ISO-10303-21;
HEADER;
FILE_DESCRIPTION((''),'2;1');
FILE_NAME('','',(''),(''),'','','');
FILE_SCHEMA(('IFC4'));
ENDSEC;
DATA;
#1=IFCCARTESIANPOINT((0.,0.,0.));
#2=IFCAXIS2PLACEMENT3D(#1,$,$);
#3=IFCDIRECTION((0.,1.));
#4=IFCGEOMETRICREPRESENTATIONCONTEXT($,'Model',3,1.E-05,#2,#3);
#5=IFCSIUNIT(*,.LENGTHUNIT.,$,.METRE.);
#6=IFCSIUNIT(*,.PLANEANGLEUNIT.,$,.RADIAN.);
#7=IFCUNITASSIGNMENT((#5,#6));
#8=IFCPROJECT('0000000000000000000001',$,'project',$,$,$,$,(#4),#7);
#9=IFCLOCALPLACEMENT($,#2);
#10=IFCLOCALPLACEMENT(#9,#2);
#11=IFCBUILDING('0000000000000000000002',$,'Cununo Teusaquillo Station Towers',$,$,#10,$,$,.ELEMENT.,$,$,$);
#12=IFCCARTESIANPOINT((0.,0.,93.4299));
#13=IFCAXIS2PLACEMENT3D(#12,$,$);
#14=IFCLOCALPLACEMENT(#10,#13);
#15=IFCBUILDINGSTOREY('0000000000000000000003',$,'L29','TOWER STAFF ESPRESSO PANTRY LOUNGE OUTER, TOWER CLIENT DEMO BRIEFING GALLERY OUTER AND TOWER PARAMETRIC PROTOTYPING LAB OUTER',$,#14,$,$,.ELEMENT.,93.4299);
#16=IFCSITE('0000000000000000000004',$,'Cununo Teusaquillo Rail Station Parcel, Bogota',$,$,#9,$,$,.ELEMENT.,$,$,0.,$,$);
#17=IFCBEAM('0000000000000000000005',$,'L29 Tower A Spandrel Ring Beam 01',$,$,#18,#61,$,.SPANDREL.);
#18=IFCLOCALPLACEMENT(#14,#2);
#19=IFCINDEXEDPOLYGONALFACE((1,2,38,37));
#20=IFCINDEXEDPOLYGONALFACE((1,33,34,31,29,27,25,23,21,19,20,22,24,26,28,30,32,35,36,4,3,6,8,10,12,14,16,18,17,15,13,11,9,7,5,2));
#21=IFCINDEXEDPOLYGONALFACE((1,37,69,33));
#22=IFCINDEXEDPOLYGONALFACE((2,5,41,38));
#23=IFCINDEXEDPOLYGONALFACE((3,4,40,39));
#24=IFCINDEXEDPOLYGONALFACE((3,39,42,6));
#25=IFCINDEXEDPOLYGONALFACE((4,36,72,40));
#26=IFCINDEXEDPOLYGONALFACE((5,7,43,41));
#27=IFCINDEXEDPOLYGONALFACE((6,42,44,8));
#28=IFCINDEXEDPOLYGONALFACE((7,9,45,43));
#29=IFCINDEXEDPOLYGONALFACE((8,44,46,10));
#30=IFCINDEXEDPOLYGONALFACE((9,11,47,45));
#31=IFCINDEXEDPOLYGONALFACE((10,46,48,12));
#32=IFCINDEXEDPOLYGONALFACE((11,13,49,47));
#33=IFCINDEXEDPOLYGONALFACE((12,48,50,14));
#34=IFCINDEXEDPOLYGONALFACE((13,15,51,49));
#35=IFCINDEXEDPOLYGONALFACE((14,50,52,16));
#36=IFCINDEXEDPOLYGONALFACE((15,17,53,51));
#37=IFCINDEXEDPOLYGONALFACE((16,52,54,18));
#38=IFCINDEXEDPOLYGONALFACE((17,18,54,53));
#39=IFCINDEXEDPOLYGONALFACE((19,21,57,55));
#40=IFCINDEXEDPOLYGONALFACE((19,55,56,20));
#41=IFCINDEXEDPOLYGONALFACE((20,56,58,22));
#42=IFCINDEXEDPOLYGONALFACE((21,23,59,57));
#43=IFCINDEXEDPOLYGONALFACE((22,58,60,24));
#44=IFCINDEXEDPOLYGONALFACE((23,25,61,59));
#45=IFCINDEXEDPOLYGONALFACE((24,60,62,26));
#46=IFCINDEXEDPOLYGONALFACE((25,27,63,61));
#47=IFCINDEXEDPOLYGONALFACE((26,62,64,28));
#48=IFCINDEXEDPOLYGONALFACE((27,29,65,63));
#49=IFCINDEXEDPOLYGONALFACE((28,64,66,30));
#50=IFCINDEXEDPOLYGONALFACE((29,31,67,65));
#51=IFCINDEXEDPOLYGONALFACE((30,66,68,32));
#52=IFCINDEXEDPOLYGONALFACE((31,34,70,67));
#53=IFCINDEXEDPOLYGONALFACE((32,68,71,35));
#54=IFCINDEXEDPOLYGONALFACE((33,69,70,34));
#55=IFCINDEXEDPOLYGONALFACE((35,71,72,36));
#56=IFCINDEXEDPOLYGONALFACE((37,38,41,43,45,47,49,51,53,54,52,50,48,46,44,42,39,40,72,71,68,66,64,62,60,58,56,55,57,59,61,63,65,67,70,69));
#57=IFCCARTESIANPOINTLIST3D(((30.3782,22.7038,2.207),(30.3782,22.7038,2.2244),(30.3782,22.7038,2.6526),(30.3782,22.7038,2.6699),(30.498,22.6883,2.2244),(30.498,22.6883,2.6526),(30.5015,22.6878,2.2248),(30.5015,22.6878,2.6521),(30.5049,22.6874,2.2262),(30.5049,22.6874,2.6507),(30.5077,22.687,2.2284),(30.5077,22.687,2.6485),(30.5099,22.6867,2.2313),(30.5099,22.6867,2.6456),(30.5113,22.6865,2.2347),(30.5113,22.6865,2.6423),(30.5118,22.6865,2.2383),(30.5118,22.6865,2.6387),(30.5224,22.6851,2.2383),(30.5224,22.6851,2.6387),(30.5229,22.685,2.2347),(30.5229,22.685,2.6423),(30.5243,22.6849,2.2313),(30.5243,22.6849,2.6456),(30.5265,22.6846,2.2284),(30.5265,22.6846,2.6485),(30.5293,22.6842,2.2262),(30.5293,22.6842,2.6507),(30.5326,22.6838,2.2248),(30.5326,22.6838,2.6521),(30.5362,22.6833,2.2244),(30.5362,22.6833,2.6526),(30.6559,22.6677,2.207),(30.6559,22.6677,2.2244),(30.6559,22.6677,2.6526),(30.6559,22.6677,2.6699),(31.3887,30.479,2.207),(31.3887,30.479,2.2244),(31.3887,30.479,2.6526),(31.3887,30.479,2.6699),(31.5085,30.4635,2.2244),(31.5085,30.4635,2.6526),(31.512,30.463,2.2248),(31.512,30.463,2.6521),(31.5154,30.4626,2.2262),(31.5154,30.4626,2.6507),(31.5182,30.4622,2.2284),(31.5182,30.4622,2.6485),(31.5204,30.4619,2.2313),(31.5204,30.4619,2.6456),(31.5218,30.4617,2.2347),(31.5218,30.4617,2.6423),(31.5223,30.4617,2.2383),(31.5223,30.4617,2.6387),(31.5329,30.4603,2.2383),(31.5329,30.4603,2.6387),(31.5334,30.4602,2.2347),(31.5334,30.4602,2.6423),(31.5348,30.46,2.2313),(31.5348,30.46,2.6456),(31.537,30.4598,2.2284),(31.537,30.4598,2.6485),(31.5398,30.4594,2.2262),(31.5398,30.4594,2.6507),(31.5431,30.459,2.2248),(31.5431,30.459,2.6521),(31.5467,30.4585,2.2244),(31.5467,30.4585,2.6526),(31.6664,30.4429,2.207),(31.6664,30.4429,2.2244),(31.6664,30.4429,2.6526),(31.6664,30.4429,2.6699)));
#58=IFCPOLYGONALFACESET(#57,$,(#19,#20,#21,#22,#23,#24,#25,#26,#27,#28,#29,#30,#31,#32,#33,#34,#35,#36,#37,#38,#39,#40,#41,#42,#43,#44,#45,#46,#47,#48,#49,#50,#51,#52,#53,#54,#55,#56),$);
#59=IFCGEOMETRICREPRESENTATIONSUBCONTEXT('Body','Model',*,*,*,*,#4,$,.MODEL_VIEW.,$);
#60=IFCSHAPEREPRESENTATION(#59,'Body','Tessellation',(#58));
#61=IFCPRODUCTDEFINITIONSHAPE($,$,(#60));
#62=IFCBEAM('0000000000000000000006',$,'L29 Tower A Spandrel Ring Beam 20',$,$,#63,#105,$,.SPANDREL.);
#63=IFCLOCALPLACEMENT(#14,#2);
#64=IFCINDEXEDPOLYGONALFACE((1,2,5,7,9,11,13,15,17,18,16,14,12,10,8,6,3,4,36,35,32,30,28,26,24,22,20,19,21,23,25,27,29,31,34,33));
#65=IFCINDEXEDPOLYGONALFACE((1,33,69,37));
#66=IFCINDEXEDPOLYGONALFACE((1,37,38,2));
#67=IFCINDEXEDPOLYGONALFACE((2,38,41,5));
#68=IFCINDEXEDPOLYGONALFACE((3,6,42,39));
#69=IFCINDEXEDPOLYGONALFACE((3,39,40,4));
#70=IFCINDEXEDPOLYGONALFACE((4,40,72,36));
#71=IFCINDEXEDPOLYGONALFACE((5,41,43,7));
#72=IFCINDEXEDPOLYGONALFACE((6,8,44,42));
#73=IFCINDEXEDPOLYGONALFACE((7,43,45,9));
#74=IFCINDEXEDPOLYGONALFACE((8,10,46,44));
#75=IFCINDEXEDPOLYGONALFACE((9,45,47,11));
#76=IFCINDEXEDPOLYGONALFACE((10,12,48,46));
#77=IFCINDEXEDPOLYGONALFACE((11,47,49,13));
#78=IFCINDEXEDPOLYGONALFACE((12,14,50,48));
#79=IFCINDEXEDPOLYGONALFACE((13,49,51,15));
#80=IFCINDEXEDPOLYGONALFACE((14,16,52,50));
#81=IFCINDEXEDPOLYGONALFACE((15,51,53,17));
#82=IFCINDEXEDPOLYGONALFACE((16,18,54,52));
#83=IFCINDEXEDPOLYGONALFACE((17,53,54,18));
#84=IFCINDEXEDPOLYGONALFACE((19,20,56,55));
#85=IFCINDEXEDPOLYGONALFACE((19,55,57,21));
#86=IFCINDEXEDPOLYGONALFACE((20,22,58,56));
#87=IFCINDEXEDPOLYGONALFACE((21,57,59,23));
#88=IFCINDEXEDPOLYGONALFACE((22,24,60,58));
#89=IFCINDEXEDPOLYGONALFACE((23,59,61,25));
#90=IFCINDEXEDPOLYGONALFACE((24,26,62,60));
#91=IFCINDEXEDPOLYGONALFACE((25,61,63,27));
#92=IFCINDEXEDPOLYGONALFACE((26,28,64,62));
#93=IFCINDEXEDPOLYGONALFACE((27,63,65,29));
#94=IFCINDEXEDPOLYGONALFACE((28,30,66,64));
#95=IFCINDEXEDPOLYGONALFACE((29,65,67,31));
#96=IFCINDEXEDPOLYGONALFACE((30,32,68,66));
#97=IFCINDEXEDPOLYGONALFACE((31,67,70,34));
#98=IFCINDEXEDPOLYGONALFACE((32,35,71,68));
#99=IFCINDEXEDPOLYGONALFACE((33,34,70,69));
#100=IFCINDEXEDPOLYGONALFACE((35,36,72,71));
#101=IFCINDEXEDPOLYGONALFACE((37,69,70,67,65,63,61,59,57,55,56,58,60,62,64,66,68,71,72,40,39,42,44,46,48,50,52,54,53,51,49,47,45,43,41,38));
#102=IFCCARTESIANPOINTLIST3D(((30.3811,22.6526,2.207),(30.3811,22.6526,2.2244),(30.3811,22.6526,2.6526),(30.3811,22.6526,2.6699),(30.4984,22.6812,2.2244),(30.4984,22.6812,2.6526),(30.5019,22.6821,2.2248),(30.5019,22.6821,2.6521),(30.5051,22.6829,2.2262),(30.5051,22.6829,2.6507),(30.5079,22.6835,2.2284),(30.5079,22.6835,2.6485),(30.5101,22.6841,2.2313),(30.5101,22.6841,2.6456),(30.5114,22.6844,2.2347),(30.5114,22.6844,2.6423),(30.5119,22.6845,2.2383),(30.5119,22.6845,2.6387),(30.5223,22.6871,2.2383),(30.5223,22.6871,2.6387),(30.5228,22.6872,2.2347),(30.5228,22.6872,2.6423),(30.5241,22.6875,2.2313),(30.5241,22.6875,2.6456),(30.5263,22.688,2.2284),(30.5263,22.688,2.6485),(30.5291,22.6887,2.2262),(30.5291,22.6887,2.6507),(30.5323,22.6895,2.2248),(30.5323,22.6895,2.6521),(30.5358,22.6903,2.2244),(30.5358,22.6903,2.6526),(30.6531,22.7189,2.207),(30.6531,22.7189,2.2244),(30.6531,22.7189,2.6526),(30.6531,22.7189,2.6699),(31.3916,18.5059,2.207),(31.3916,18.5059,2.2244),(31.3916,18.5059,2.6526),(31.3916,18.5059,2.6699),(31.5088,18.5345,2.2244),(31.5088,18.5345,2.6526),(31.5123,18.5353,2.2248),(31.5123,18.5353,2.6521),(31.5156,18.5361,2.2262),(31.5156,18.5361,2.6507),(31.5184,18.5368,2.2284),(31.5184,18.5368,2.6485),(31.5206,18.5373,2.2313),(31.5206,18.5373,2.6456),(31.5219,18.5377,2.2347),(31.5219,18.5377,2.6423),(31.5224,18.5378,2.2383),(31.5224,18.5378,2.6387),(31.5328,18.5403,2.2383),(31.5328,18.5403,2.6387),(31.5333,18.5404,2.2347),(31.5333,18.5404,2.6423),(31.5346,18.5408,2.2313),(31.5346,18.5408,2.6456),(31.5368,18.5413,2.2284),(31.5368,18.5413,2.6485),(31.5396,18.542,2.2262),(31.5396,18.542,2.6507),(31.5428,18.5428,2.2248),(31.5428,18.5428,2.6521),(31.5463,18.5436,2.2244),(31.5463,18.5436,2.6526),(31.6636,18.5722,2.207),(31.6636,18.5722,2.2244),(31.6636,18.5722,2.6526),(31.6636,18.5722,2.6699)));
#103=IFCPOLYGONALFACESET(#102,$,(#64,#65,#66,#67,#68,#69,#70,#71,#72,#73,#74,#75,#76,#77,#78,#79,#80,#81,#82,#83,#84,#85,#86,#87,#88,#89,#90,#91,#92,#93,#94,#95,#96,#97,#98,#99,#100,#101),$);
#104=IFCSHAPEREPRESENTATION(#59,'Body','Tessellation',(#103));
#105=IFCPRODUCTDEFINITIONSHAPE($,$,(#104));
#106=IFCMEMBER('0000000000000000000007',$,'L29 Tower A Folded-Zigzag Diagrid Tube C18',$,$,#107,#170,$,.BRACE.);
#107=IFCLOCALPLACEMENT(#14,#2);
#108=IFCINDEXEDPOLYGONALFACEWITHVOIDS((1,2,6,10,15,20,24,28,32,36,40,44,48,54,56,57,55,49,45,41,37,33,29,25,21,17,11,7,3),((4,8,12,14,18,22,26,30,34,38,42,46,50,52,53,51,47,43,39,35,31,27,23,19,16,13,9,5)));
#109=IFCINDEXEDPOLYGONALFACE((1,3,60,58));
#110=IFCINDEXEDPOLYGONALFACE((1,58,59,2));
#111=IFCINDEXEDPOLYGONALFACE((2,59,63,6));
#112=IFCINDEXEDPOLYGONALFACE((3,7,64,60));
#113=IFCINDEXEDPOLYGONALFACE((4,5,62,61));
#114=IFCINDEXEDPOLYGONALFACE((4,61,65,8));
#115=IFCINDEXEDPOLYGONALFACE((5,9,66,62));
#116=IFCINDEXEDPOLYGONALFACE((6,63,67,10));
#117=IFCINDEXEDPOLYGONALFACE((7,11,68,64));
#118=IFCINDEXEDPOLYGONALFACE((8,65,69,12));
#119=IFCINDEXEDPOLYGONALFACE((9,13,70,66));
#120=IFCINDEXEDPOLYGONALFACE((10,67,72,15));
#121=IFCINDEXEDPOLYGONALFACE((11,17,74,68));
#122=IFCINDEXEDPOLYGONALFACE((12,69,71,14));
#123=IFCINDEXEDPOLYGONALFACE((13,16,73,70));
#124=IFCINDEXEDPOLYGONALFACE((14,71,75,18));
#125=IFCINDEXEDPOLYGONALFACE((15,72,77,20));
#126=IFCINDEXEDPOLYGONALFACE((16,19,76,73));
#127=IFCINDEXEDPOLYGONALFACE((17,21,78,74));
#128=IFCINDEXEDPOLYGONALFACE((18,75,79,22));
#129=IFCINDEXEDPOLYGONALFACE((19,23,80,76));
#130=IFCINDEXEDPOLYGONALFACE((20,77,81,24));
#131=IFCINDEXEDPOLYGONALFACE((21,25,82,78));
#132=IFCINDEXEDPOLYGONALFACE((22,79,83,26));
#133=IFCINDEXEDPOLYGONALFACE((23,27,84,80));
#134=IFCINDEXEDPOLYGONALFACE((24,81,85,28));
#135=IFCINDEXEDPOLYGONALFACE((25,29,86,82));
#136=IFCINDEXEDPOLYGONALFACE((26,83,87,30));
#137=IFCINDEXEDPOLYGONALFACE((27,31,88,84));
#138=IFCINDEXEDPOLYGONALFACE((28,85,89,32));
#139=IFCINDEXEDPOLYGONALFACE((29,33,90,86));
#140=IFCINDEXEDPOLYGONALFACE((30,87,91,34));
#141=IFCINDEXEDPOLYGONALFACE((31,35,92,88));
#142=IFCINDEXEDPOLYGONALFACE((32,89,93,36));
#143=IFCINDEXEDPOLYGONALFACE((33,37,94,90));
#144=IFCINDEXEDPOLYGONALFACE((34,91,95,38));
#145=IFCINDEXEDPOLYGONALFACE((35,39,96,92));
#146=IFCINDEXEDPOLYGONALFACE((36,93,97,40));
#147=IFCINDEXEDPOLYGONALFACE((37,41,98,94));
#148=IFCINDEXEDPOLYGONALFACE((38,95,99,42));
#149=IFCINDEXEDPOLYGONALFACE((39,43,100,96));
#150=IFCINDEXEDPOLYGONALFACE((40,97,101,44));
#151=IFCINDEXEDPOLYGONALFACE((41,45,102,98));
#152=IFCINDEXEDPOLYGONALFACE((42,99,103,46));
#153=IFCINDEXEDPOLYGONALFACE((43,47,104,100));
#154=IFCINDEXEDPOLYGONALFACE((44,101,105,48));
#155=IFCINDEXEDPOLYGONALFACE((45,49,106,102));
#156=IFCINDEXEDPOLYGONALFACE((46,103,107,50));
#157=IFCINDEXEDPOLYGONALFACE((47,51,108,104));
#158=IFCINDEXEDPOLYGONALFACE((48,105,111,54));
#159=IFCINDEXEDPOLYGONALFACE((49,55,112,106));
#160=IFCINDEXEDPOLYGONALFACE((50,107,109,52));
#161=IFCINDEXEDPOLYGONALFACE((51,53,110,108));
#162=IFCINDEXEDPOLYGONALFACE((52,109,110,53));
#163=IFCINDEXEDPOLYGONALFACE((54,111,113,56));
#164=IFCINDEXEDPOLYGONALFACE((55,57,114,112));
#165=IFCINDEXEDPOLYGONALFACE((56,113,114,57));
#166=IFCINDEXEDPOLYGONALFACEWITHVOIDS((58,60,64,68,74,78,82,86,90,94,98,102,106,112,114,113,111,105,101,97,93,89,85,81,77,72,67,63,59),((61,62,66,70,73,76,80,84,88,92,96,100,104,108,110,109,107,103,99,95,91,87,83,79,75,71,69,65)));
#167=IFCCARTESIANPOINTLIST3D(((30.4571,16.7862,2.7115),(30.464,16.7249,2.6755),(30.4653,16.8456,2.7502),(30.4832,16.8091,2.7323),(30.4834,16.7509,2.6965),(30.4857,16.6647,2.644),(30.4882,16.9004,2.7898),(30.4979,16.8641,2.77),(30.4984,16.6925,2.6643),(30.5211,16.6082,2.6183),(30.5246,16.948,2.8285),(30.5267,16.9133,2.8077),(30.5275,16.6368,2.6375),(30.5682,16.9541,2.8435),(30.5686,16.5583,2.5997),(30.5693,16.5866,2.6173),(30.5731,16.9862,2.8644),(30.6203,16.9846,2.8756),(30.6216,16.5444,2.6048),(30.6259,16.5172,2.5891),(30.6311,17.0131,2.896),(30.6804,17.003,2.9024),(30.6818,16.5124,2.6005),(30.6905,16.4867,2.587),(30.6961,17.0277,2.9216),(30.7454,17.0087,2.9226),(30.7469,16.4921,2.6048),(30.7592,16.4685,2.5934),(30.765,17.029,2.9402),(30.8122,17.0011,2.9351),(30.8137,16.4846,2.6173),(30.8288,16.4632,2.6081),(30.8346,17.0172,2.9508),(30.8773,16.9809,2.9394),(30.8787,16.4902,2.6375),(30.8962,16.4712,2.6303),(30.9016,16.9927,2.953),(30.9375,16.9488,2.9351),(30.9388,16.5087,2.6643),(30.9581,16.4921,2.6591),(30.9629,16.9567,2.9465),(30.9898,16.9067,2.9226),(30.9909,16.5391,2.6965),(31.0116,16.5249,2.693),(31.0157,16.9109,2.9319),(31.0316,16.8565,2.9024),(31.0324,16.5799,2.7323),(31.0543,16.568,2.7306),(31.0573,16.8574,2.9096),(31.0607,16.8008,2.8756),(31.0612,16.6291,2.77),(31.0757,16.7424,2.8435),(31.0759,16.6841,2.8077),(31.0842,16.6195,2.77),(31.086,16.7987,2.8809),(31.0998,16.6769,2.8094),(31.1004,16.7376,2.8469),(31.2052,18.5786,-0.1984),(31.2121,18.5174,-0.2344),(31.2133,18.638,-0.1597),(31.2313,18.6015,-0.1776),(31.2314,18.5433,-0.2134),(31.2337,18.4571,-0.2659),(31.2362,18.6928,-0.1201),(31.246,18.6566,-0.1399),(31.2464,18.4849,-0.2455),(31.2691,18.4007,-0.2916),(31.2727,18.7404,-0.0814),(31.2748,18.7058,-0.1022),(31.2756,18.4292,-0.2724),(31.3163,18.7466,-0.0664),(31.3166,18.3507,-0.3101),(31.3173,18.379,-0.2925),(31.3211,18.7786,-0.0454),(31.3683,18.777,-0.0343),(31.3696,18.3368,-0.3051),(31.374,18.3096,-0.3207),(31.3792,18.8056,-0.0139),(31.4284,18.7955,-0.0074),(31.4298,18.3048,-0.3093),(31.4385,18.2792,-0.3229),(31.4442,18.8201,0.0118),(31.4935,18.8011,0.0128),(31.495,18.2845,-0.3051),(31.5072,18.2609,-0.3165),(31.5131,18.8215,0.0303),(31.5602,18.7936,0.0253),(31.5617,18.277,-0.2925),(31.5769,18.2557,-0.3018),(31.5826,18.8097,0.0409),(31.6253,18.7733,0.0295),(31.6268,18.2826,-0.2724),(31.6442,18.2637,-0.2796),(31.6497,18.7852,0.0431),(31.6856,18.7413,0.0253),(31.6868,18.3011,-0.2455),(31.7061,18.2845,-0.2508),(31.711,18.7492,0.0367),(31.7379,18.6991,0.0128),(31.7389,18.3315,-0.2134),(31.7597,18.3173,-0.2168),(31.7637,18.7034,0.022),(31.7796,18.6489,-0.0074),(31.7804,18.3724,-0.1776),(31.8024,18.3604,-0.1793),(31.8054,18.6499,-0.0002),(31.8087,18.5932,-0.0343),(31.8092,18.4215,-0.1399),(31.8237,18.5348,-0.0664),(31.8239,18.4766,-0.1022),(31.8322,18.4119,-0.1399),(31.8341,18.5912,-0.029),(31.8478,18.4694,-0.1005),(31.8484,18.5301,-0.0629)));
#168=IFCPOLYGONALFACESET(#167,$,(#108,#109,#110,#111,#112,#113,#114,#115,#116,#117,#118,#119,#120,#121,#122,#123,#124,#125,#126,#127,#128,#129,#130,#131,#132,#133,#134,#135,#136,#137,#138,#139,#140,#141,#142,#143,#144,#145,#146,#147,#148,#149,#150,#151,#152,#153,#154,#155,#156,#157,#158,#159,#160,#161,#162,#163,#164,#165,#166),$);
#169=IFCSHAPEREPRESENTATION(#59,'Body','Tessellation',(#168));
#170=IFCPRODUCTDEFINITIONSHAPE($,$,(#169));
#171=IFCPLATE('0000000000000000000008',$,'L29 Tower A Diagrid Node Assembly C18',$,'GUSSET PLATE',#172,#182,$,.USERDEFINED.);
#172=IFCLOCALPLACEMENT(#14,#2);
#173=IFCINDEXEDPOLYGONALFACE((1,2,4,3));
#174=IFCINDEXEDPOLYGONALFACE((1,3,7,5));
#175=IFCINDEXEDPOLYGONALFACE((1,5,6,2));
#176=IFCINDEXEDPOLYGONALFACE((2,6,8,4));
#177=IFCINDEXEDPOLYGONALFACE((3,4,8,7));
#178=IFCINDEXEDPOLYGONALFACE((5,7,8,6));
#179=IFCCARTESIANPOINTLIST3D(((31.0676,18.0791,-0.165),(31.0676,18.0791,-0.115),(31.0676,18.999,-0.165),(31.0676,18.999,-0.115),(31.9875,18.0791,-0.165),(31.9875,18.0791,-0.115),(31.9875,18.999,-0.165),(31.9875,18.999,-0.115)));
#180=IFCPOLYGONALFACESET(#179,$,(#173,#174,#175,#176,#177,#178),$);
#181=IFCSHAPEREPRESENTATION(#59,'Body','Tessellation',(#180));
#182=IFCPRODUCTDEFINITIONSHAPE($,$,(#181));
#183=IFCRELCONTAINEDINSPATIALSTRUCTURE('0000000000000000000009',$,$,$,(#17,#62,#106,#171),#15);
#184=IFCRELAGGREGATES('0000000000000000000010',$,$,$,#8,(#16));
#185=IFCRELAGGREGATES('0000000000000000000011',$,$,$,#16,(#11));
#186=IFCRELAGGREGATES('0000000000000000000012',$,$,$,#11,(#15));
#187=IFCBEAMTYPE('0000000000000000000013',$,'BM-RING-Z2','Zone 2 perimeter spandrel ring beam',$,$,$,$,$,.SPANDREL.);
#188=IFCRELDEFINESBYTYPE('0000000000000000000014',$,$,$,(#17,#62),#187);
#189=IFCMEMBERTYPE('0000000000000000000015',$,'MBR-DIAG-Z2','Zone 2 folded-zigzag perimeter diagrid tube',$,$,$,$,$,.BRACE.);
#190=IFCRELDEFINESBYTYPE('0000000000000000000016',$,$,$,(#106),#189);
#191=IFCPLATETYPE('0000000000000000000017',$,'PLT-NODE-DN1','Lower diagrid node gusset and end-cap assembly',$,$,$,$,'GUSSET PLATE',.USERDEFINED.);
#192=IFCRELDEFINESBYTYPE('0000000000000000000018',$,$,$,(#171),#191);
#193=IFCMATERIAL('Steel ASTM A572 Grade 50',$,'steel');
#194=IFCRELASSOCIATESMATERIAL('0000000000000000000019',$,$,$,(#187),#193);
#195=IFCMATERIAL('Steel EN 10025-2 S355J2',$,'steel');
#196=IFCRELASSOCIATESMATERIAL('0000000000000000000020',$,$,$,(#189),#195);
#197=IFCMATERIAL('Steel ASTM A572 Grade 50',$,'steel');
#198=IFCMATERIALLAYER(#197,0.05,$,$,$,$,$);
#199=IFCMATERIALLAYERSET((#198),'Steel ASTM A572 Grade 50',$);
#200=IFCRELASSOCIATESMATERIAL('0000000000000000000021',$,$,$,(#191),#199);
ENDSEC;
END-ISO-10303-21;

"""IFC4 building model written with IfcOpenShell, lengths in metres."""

from ifc_helpers import new_model, si_unit, direction, frame, origin, origin_2d, place, context, subcontext, project, spatial, rectangle, hollow_circle, i_section, extrude, source, transform, mapped, material, layer, layer_set, material_profile, profile_set, type_object, element, save


model = new_model("IFC4")

# Units and contexts
model_context = context("Model", 3, precision=1e-05, world=origin(), true_north=direction((0.0, 1.0)))
body_context = subcontext(model_context, "Body", "Model", "MODEL_VIEW")
ifc_project = project(units=[si_unit("LENGTHUNIT", "METRE"), si_unit("PLANEANGLEUNIT", "RADIAN")], contexts=[model_context])

# Site, building, storey
site_placement = place(None, origin())
site = spatial("IfcSite", under=ifc_project, at=site_placement, Name="Cununo Teusaquillo Rail Station Parcel, Bogota", CompositionType="ELEMENT", RefElevation=0.0)
building_placement = place(site_placement, origin())
building = spatial("IfcBuilding", under=site, at=building_placement, Name="Cununo Teusaquillo Station Towers", CompositionType="ELEMENT")
storey_placement = place(building_placement, frame((0.0, 0.0, 93.4299)))
storey = spatial("IfcBuildingStorey", under=building, at=storey_placement, Name="L29", Description="TOWER STAFF ESPRESSO PANTRY LOUNGE OUTER, TOWER CLIENT DEMO BRIEFING GALLERY OUTER AND TOWER PARAMETRIC PROTOTYPING LAB OUTER", CompositionType="ELEMENT", Elevation=93.4299)

# Beams
ifc_material_1 = material(Name="Steel ASTM A572 Grade 50", Category="steel")
ifc_material_profile_1 = material_profile(ifc_material_1, i_section(OverallWidth=0.28, OverallDepth=0.4629, WebThickness=0.0107, FlangeThickness=0.0173, FilletRadius=0.0139, at=origin_2d()), Name="W18X76")
ifc_profile_set_1 = profile_set([ifc_material_profile_1], Name="Steel ASTM A572 Grade 50")
beam_type_1 = type_object("IfcBeamType", Name="BM-RING-Z2", Description="Zone 2 perimeter spandrel ring beam", PredefinedType="SPANDREL", material=ifc_profile_set_1)
beam_1_placement = place(storey_placement, frame((30.5171, 22.6858, 2.4385), z_axis=(0.128881, 0.99166, 0.0), x_axis=(-0.99166, 0.128881, 0.0)))
element("IfcBeam", 1, at=beam_1_placement, inside=storey, type_object=beam_type_1, Name="L29 Tower A Spandrel Ring Beam 01", PredefinedType="SPANDREL", context=body_context, shape_type="SweptSolid", body=[
    extrude(i_section(OverallWidth=0.28, OverallDepth=0.4629, WebThickness=0.0107, FlangeThickness=0.0173, FilletRadius=0.0139, at=origin_2d()), origin(), (0.0, 0.0, 1.0), 7.8406),
])
beam_2_placement = place(storey_placement, frame((31.5276, 18.5391, 2.4385), z_axis=(-0.236757, 0.971569, 0.0), x_axis=(-0.971569, -0.236757, 0.0)))
element("IfcBeam", 2, at=beam_2_placement, inside=storey, type_object=beam_type_1, Name="L29 Tower A Spandrel Ring Beam 20", PredefinedType="SPANDREL", context=body_context, shape_type="SweptSolid", body=[
    extrude(i_section(OverallWidth=0.28, OverallDepth=0.4629, WebThickness=0.0107, FlangeThickness=0.0173, FilletRadius=0.0139, at=origin_2d()), origin(), (0.0, 0.0, 1.0), 4.2681),
])

# Member
ifc_material_2 = material(Name="Steel EN 10025-2 S355J2", Category="steel")
ifc_material_profile_2 = material_profile(ifc_material_2, hollow_circle(Radius=0.3301, WallThickness=0.0249, at=origin_2d()), Name="CHS 660x25")
ifc_profile_set_2 = profile_set([ifc_material_profile_2], Name="Steel EN 10025-2 S355J2")
member_type = type_object("IfcMemberType", Name="MBR-DIAG-Z2", Description="Zone 2 folded-zigzag perimeter diagrid tube", PredefinedType="BRACE", material=ifc_profile_set_2)
member_placement = place(storey_placement, frame((31.5276, 18.5391, -0.1399), z_axis=(-0.213814, -0.512343, 0.831738), x_axis=(0.922861, -0.385133, 0.0)))
element("IfcMember", 3, at=member_placement, inside=storey, type_object=member_type, Name="L29 Tower A Folded-Zigzag Diagrid Tube C18", PredefinedType="BRACE", context=body_context, shape_type="SweptSolid", body=[
    extrude(hollow_circle(Radius=0.3301, WallThickness=0.0249, at=origin_2d()), origin(), (0.0, 0.0, 1.0), 3.4985),
])

# Plate
ifc_material_3 = material(Name="Steel ASTM A572 Grade 50", Category="steel")
ifc_layer_1 = layer(ifc_material_3, 0.05)
ifc_layer_set_1 = layer_set([ifc_layer_1], Name="Steel ASTM A572 Grade 50")
plate_type = type_object("IfcPlateType", Name="PLT-NODE-DN1", Description="Lower diagrid node gusset and end-cap assembly", ElementType="GUSSET PLATE", PredefinedType="USERDEFINED", material=ifc_layer_set_1)
shared_shape_1 = source(origin(), body_context, "Body", "SweptSolid", [
    extrude(rectangle(XDim=0.9199, YDim=0.9199, at=origin_2d()), origin(), (0.0, 0.0, 1.0), 0.05),
])
plate_placement = place(storey_placement, frame((31.5276, 18.5391, -0.165), z_axis=(0.0, 0.0, 1.0), x_axis=(1.0, 0.0, 0.0)))
element("IfcPlate", 4, at=plate_placement, inside=storey, type_object=plate_type, Name="L29 Tower A Diagrid Node Assembly C18", ObjectType="GUSSET PLATE", PredefinedType="USERDEFINED", context=body_context, shape_type="MappedRepresentation", body=[
    mapped(shared_shape_1, transform((0.0, 0.0, 0.0), x_axis=(1.0, 0.0, 0.0), y_axis=(0.0, 1.0, 0.0), z_axis=(0.0, 0.0, 1.0), scale=1.0)),
])

save(model, "model.ifc")
